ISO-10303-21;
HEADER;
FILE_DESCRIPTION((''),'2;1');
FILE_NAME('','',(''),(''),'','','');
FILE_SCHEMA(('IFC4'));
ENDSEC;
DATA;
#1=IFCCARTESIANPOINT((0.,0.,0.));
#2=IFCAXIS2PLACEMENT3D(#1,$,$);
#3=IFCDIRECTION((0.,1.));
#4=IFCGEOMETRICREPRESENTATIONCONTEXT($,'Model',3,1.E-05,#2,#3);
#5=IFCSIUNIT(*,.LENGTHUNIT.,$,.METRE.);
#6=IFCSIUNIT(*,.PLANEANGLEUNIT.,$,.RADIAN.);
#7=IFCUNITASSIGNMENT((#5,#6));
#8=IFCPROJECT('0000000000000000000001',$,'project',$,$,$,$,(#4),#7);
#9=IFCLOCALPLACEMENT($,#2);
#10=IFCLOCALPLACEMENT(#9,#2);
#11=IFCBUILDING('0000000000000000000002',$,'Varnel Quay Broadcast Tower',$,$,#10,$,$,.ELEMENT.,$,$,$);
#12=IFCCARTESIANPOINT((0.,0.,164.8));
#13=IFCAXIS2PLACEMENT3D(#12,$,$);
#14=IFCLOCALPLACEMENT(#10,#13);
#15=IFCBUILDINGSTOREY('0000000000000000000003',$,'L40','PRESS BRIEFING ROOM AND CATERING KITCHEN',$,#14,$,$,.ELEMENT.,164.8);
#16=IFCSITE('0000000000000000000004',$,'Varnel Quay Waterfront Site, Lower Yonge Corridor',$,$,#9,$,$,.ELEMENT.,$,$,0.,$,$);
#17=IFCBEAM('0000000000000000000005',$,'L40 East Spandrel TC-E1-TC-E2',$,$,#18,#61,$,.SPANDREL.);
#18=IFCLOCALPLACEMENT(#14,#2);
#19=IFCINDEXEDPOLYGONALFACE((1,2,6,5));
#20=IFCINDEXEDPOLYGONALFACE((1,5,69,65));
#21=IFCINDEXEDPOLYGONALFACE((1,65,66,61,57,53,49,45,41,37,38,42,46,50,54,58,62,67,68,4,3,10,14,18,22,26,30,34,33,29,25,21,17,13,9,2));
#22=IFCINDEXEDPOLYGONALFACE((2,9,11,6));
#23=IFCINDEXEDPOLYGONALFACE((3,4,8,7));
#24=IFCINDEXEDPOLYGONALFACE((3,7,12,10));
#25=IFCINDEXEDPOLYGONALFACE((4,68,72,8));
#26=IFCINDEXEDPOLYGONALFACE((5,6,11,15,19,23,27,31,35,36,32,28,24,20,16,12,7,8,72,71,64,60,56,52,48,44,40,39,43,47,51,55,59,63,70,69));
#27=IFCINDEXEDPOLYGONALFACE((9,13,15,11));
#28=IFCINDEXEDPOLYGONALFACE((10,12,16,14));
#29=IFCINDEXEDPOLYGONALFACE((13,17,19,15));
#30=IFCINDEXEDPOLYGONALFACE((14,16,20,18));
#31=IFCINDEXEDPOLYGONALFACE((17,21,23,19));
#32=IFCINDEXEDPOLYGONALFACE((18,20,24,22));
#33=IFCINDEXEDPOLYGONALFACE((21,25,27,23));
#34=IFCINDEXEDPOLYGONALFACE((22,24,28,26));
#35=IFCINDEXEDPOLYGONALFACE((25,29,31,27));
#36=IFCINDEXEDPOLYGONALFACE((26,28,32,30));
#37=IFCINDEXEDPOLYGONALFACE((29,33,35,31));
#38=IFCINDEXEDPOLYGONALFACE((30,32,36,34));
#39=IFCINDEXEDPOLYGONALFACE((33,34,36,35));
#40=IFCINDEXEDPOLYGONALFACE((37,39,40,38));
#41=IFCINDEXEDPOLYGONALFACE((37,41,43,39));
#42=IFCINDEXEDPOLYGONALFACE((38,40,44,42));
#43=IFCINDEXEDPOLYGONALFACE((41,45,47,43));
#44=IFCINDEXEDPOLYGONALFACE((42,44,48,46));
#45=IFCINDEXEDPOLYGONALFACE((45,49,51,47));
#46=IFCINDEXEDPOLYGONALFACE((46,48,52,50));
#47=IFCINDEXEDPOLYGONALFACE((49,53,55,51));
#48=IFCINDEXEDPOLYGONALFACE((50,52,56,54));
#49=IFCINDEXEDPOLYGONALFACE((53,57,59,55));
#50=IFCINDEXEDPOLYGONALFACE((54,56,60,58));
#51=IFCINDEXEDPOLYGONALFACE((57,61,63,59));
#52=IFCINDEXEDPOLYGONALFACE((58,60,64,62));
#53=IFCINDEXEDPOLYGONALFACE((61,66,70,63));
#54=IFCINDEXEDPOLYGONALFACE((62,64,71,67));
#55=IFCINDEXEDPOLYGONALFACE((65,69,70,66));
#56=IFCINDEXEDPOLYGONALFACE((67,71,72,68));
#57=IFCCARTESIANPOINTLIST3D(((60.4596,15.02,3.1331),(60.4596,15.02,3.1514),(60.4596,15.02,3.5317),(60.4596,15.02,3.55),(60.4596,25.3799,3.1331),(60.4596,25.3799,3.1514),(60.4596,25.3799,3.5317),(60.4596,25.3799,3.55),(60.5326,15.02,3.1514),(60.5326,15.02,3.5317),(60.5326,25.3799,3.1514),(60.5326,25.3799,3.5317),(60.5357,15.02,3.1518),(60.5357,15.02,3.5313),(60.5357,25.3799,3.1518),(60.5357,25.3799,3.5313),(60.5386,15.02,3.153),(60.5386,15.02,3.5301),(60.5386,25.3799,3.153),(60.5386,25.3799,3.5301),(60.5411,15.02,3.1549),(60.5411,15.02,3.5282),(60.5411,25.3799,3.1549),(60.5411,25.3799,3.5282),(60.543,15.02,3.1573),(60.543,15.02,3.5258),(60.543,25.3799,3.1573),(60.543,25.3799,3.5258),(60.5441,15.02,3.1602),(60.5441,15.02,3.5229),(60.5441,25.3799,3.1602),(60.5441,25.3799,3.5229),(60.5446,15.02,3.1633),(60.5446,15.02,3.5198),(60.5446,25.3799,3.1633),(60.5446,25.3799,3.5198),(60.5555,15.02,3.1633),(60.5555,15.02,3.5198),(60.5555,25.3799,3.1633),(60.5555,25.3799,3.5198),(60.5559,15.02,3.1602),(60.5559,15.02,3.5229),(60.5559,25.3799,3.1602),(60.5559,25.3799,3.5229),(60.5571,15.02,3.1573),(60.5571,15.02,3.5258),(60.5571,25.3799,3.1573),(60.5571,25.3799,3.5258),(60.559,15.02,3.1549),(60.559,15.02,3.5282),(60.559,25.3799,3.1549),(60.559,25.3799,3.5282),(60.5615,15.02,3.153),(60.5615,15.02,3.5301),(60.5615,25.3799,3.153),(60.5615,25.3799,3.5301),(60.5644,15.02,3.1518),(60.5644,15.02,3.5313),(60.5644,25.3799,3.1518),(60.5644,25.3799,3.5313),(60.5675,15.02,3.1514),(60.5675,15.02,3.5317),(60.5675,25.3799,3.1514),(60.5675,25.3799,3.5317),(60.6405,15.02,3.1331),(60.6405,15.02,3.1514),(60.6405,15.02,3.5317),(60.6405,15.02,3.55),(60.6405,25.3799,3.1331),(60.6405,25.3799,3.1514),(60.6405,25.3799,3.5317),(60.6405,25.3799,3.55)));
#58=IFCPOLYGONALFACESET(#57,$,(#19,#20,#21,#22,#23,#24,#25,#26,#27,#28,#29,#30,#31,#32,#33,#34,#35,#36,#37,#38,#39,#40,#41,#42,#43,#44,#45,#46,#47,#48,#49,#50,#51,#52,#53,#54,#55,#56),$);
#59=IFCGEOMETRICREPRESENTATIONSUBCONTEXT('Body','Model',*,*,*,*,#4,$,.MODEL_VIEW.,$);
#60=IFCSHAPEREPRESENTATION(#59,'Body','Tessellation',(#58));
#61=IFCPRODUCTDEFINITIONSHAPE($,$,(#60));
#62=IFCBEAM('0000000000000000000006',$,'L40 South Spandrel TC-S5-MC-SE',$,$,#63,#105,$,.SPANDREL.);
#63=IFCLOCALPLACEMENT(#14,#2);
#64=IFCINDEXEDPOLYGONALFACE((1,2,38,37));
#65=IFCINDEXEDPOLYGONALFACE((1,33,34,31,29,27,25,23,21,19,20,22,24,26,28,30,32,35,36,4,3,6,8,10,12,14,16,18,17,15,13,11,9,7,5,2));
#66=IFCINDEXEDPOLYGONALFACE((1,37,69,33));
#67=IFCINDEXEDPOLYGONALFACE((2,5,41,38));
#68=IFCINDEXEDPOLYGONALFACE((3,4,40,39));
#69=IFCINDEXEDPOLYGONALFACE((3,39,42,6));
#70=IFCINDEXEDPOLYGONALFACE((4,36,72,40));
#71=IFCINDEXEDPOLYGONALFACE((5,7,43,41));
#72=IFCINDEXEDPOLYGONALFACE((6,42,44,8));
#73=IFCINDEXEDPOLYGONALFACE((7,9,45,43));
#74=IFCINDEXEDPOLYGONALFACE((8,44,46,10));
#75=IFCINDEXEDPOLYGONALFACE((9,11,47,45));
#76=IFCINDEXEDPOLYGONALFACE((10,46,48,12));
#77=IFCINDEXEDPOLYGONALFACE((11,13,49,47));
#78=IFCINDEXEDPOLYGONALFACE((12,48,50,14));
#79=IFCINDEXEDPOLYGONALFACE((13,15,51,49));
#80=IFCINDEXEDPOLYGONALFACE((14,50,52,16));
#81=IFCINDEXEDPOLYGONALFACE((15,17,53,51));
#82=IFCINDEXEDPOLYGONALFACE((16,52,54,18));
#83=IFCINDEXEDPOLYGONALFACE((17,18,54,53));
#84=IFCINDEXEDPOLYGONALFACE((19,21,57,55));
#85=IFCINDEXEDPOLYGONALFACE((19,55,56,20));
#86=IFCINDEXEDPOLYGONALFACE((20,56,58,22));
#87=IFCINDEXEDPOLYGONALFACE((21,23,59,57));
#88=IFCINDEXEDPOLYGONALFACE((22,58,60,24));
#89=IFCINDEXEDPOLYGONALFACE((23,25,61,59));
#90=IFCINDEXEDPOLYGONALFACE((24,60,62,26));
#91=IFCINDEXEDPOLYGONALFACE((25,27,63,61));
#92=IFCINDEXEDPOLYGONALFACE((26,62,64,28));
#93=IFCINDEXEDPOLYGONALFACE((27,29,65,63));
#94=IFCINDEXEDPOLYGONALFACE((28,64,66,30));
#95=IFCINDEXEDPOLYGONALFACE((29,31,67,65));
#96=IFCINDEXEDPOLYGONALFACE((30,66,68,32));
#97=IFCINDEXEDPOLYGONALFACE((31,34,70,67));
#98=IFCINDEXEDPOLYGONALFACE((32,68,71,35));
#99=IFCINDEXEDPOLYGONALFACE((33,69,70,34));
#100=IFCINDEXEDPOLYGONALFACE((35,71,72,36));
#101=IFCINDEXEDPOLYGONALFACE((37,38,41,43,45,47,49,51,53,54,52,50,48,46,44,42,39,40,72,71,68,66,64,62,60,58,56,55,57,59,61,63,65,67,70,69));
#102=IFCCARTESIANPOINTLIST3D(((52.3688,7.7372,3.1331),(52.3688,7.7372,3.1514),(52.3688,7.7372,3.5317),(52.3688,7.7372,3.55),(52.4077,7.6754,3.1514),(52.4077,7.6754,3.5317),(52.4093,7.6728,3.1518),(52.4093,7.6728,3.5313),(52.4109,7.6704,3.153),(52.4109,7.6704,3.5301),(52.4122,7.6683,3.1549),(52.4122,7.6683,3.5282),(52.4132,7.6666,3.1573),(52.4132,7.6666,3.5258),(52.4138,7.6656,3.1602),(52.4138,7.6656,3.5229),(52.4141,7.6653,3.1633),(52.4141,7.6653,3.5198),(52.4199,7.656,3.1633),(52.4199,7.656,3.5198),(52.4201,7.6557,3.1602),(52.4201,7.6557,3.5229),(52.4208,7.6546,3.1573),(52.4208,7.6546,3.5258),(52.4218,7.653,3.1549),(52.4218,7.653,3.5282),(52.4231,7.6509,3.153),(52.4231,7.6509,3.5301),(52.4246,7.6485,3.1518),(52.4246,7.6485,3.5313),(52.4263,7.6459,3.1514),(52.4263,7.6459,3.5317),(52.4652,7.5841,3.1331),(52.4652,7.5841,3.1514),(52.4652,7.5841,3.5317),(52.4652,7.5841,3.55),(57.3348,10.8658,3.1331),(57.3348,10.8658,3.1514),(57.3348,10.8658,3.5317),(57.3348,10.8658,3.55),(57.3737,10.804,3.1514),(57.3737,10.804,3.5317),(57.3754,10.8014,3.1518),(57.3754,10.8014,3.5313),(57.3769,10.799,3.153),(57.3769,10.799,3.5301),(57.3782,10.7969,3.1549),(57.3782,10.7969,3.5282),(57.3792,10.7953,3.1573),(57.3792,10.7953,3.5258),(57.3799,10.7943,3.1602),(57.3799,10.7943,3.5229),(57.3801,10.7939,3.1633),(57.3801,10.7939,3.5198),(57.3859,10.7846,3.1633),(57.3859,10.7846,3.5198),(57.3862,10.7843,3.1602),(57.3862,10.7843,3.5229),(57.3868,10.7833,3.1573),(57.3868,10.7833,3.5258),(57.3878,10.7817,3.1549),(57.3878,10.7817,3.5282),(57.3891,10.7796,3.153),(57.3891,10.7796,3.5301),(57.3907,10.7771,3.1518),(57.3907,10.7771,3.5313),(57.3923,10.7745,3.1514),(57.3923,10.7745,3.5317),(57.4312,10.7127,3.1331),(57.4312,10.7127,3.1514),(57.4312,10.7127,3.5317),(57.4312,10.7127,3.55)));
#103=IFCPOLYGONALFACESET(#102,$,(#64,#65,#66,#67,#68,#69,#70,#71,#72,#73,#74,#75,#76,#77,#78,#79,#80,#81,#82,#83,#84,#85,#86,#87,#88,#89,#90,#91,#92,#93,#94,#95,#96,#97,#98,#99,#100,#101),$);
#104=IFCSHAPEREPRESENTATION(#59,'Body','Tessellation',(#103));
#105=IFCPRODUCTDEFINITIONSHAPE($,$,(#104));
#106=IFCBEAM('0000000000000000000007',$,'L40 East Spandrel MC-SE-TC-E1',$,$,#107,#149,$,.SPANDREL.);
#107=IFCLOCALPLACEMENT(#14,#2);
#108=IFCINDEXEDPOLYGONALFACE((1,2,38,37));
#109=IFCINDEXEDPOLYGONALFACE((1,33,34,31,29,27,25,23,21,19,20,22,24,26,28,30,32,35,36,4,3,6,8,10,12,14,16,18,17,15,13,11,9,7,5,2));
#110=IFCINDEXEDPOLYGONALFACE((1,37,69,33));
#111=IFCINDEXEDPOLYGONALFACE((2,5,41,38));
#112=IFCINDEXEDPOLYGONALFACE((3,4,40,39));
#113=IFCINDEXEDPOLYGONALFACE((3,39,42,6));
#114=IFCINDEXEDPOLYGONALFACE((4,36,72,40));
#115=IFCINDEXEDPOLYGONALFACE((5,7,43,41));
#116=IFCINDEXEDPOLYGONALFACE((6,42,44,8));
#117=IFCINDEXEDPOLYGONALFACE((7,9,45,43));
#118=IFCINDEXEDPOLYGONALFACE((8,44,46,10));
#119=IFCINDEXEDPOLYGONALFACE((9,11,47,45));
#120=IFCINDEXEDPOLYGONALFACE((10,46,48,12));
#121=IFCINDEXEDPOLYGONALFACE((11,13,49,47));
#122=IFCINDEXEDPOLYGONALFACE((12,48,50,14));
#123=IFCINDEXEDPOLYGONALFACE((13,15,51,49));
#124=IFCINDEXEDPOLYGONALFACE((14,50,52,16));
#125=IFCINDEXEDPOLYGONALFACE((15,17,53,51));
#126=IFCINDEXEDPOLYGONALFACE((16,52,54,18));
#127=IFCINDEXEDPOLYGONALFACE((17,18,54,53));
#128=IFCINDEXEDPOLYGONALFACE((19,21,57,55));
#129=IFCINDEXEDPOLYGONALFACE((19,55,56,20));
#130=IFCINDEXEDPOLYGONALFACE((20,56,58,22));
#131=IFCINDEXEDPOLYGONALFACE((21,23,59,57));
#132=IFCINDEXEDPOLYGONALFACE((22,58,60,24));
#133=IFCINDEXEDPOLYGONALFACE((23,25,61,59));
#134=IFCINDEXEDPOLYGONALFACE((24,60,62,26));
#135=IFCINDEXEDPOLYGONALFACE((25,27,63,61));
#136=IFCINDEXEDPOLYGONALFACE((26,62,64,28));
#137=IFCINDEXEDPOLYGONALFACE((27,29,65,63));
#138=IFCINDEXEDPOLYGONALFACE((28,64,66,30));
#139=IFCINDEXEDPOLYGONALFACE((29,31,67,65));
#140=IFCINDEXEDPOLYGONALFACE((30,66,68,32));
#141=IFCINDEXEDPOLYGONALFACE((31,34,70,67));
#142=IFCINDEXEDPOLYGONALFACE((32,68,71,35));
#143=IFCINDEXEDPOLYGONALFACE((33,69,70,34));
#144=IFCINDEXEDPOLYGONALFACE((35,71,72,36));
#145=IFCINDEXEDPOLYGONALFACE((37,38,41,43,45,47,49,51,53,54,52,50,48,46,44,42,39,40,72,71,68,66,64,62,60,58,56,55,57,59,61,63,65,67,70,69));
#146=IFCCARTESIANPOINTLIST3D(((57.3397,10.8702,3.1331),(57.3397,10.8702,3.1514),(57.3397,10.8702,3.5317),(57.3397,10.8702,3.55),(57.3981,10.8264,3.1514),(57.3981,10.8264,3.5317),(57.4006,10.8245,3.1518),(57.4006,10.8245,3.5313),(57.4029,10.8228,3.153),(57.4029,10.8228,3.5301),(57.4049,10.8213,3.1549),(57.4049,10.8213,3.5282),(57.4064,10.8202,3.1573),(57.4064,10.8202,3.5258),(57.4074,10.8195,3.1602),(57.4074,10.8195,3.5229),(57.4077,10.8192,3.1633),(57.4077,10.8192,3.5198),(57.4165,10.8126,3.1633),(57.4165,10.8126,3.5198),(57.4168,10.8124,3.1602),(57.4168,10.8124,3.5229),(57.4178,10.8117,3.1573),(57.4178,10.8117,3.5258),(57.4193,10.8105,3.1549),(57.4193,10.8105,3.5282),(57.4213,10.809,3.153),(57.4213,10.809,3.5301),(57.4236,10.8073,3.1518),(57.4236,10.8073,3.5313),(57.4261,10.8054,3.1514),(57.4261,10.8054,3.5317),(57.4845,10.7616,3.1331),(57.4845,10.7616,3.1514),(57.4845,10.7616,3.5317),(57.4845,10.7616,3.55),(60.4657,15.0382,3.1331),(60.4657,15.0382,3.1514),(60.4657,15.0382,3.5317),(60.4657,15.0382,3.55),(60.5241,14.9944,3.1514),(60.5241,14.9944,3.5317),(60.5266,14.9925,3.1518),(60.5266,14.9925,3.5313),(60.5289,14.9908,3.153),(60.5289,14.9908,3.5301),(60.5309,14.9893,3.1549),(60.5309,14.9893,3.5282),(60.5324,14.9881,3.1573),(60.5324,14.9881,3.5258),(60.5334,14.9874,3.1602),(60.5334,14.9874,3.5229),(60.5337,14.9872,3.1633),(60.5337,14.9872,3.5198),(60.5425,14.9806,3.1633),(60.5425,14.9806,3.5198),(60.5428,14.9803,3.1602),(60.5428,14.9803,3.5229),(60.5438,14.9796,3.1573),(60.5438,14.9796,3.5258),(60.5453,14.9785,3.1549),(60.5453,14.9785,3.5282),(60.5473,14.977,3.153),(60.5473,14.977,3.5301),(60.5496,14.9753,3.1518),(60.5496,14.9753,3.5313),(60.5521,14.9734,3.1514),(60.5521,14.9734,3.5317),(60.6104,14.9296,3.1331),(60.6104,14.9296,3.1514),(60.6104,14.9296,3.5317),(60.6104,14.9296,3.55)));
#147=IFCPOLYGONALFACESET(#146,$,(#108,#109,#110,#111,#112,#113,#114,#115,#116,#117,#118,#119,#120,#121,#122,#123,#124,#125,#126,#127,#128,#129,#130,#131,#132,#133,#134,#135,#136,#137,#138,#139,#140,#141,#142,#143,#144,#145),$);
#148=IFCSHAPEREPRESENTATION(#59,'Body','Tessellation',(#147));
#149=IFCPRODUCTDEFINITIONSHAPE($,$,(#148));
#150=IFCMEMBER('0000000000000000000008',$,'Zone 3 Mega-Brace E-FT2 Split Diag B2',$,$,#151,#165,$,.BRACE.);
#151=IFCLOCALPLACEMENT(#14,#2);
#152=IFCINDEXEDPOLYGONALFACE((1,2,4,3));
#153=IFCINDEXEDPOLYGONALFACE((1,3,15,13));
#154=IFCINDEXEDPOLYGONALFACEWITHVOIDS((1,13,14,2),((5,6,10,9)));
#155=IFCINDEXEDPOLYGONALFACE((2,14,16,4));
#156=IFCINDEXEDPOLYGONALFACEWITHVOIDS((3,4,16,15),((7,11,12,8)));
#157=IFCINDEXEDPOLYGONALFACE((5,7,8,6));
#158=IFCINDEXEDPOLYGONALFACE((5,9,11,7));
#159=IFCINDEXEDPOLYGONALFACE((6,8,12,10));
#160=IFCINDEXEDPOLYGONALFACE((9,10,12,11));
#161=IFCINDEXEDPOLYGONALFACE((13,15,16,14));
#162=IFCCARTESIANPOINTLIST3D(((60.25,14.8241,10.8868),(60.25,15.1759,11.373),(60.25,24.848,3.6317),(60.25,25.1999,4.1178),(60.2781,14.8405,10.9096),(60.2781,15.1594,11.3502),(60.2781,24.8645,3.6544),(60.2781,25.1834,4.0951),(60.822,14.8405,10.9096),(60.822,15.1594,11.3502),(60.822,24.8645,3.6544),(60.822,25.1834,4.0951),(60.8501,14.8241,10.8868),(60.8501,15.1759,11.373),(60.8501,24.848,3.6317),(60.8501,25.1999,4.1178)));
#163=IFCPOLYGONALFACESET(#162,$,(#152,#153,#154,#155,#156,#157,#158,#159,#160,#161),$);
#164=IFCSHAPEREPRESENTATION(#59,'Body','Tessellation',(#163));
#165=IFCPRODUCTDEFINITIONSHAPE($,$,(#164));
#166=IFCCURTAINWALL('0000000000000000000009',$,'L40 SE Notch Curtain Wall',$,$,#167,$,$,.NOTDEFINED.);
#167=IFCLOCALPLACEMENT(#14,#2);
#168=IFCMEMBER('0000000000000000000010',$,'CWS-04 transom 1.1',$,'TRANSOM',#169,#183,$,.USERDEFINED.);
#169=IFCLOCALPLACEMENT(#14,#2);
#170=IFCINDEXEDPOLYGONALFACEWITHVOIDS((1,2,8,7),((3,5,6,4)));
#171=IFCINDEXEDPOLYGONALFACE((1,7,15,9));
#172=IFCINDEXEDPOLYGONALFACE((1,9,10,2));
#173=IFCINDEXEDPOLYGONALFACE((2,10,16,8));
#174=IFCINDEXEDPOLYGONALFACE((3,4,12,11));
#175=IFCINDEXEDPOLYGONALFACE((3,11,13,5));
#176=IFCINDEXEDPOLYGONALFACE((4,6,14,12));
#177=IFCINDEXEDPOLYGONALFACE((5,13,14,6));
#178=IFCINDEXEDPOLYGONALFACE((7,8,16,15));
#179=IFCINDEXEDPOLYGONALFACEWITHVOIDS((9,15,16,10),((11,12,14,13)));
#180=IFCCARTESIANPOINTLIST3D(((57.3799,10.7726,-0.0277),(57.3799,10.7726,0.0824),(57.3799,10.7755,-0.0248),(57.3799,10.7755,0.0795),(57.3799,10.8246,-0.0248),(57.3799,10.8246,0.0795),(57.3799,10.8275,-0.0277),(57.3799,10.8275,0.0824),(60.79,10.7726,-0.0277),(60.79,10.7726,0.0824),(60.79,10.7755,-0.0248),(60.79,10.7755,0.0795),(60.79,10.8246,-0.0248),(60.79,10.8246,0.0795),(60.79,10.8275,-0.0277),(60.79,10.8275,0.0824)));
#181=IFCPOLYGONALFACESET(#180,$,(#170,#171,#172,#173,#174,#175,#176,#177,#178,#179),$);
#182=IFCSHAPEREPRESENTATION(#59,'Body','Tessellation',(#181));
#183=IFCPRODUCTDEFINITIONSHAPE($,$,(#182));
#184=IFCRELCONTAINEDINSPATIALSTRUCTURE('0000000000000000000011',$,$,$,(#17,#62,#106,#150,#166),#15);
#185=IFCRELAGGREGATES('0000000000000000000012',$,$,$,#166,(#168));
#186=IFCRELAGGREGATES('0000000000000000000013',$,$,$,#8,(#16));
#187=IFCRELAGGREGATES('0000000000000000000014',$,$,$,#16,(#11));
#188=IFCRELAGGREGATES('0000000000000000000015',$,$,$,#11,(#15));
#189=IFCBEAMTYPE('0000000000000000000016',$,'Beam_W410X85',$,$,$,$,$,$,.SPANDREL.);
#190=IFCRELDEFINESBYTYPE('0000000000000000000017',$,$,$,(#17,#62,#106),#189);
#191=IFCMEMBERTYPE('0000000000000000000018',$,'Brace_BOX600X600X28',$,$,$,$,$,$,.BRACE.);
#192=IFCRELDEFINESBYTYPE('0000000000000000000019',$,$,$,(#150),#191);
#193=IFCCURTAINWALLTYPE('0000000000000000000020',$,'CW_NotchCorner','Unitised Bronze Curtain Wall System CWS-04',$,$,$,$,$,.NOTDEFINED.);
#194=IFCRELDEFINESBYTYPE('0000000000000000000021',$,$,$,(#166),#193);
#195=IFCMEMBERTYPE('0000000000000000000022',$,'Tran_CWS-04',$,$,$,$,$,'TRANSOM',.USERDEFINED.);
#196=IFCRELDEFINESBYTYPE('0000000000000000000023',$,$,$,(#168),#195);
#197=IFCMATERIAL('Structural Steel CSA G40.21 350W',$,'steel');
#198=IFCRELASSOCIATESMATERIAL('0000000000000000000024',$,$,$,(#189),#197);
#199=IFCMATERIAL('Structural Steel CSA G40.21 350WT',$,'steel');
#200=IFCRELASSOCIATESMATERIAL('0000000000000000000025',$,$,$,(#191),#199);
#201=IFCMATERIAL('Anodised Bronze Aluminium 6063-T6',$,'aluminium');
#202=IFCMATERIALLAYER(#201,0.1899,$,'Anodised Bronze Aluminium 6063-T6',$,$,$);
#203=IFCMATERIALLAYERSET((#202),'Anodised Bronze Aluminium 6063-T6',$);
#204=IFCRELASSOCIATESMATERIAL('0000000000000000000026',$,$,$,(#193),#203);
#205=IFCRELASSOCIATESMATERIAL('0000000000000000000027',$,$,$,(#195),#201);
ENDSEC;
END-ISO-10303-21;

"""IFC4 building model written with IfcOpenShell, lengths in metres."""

from ifc_helpers import new_model, si_unit, direction, frame, origin, origin_2d, place, context, subcontext, project, spatial, hollow_rectangle, i_section, extrude, source, transform, mapped, material, layer, layer_set, material_profile, profile_set, type_object, type_shapes, element, aggregate, save


model = new_model("IFC4")

# Units and contexts
model_context = context("Model", 3, precision=1e-05, world=origin(), true_north=direction((0.0, 1.0)))
body_context = subcontext(model_context, "Body", "Model", "MODEL_VIEW")
ifc_project = project(units=[si_unit("LENGTHUNIT", "METRE"), si_unit("PLANEANGLEUNIT", "RADIAN")], contexts=[model_context])

# Site, building, storey
site_placement = place(None, origin())
site = spatial("IfcSite", under=ifc_project, at=site_placement, Name="Varnel Quay Waterfront Site, Lower Yonge Corridor", CompositionType="ELEMENT", RefElevation=0.0)
building_placement = place(site_placement, origin())
building = spatial("IfcBuilding", under=site, at=building_placement, Name="Varnel Quay Broadcast Tower", CompositionType="ELEMENT")
storey_placement = place(building_placement, frame((0.0, 0.0, 164.8)))
storey = spatial("IfcBuildingStorey", under=building, at=storey_placement, Name="L40", Description="PRESS BRIEFING ROOM AND CATERING KITCHEN", CompositionType="ELEMENT", Elevation=164.8)

# Shared definitions
ifc_material_1 = material(Name="Structural Steel CSA G40.21 350WT", Category="steel")
ifc_material_2 = material(Name="Structural Steel CSA G40.21 350W", Category="steel")

# Beams
ifc_material_profile_1 = material_profile(ifc_material_2, i_section(OverallWidth=0.1809, OverallDepth=0.417, WebThickness=0.011, FlangeThickness=0.0183, FilletRadius=0.012, at=origin_2d()), Name="W410X85")
ifc_profile_set_1 = profile_set([ifc_material_profile_1], Name="Structural Steel CSA G40.21 350W")
beam_type = type_object("IfcBeamType", Name="Beam_W410X85", PredefinedType="SPANDREL", material=ifc_profile_set_1)
shared_shape_1 = source(origin(), body_context, "Body", "SweptSolid", [
    extrude(i_section(OverallWidth=0.1809, OverallDepth=0.417, WebThickness=0.011, FlangeThickness=0.0183, FilletRadius=0.012, at=origin_2d()), origin(), (0.0, 0.0, 1.0), 10.3599),
])
beam_1_placement = place(storey_placement, frame((60.55, 15.02, 3.3416), z_axis=(0.0, 1.0, 0.0), x_axis=(-1.0, 0.0, 0.0)))
element("IfcBeam", 1, at=beam_1_placement, inside=storey, type_object=beam_type, Name="L40 East Spandrel TC-E1-TC-E2", PredefinedType="SPANDREL", context=body_context, shape_type="MappedRepresentation", body=[
    mapped(shared_shape_1, transform((0.0, 0.0, 0.0), x_axis=(1.0, 0.0, 0.0), y_axis=(0.0, 1.0, 0.0), z_axis=(0.0, 0.0, 1.0), scale=1.0)),
])
shared_shape_2 = source(origin(), body_context, "Body", "SweptSolid", [
    extrude(i_section(OverallWidth=0.1809, OverallDepth=0.417, WebThickness=0.011, FlangeThickness=0.0183, FilletRadius=0.012, at=origin_2d()), origin(), (0.0, 0.0, 1.0), 5.8694),
])
beam_2_placement = place(storey_placement, frame((52.417, 7.6606, 3.3416), z_axis=(0.846088, 0.533043, 0.0), x_axis=(-0.533043, 0.846088, 0.0)))
element("IfcBeam", 2, at=beam_2_placement, inside=storey, type_object=beam_type, Name="L40 South Spandrel TC-S5-MC-SE", PredefinedType="SPANDREL", context=body_context, shape_type="MappedRepresentation", body=[
    mapped(shared_shape_2, transform((0.0, 0.0, 0.0), x_axis=(1.0, 0.0, 0.0), y_axis=(0.0, 1.0, 0.0), z_axis=(0.0, 0.0, 1.0), scale=1.0)),
])
shared_shape_3 = source(origin(), body_context, "Body", "SweptSolid", [
    extrude(i_section(OverallWidth=0.1809, OverallDepth=0.417, WebThickness=0.011, FlangeThickness=0.0183, FilletRadius=0.012, at=origin_2d()), origin(), (0.0, 0.0, 1.0), 5.21),
])
type_shapes(beam_type, [shared_shape_1, shared_shape_2, shared_shape_3])
beam_3_placement = place(storey_placement, frame((57.4121, 10.8159, 3.3416), z_axis=(0.6, 0.8, 0.0), x_axis=(-0.8, 0.6, 0.0)))
element("IfcBeam", 3, at=beam_3_placement, inside=storey, type_object=beam_type, Name="L40 East Spandrel MC-SE-TC-E1", PredefinedType="SPANDREL", context=body_context, shape_type="MappedRepresentation", body=[
    mapped(shared_shape_3, transform((0.0, 0.0, 0.0), x_axis=(1.0, 0.0, 0.0), y_axis=(0.0, 1.0, 0.0), z_axis=(0.0, 0.0, 1.0), scale=1.0)),
])

# Member
ifc_material_profile_2 = material_profile(ifc_material_1, hollow_rectangle(XDim=0.6001, YDim=0.6001, WallThickness=0.0281, at=origin_2d()), Name="BOX600X600X28")
ifc_profile_set_2 = profile_set([ifc_material_profile_2], Name="Structural Steel CSA G40.21 350WT")
member_type_1 = type_object("IfcMemberType", Name="Brace_BOX600X600X28", PredefinedType="BRACE", material=ifc_profile_set_2)
shared_shape_4 = source(origin(), body_context, "Body", "SweptSolid", [
    extrude(hollow_rectangle(XDim=0.6001, YDim=0.6001, WallThickness=0.0281, at=origin_2d()), origin(), (0.0, 0.0, 1.0), 12.374),
])
type_shapes(member_type_1, [shared_shape_4])
member_1_placement = place(storey_placement, frame((60.55, 25.0239, 3.8748), z_axis=(0.0, -0.810079, 0.58632), x_axis=(1.0, 0.0, 0.0)))
element("IfcMember", 4, at=member_1_placement, inside=storey, type_object=member_type_1, Name="Zone 3 Mega-Brace E-FT2 Split Diag B2", PredefinedType="BRACE", context=body_context, shape_type="MappedRepresentation", body=[
    mapped(shared_shape_4, transform((0.0, 0.0, 0.0), x_axis=(1.0, 0.0, 0.0), y_axis=(0.0, 1.0, 0.0), z_axis=(0.0, 0.0, 1.0), scale=1.0)),
])

# Curtain wall, member
ifc_material_3 = material(Name="Anodised Bronze Aluminium 6063-T6", Category="aluminium")
ifc_layer_1 = layer(ifc_material_3, 0.1899, Name="Anodised Bronze Aluminium 6063-T6")
ifc_layer_set_1 = layer_set([ifc_layer_1], Name="Anodised Bronze Aluminium 6063-T6")
curtain_wall_type_1 = type_object("IfcCurtainWallType", Name="CW_NotchCorner", Description="Unitised Bronze Curtain Wall System CWS-04", PredefinedType="NOTDEFINED", material=ifc_layer_set_1)
curtain_wall_1_placement = place(storey_placement, origin())
curtain_wall_1 = element("IfcCurtainWall", 5, at=curtain_wall_1_placement, inside=storey, type_object=curtain_wall_type_1, Name="L40 SE Notch Curtain Wall", PredefinedType="NOTDEFINED")
ifc_material_profile_3 = material_profile(ifc_material_3, hollow_rectangle(XDim=0.0549, YDim=0.1101, WallThickness=0.0029, at=origin_2d()), Name="ALU55X110X3")
ifc_profile_set_3 = profile_set([ifc_material_profile_3], Name="Anodised Bronze Aluminium 6063-T6")
member_type_2 = type_object("IfcMemberType", Name="Tran_CWS-04", ElementType="TRANSOM", PredefinedType="USERDEFINED", material=ifc_profile_set_3)
shared_shape_5 = source(origin(), body_context, "Body", "SweptSolid", [
    extrude(hollow_rectangle(XDim=0.0549, YDim=0.1101, WallThickness=0.0029, at=origin_2d()), origin(), (0.0, 0.0, 1.0), 3.4102),
])
type_shapes(member_type_2, [shared_shape_5])
member_2_placement = place(storey_placement, frame((57.3799, 10.8, 0.0273), z_axis=(1.0, 0.0, 0.0), x_axis=(0.0, 1.0, 0.0)))
member_2 = element("IfcMember", 6, at=member_2_placement, type_object=member_type_2, Name="CWS-04 transom 1.1", ObjectType="TRANSOM", PredefinedType="USERDEFINED", context=body_context, shape_type="MappedRepresentation", body=[
    mapped(shared_shape_5, transform((0.0, 0.0, 0.0), x_axis=(1.0, 0.0, 0.0), y_axis=(0.0, 1.0, 0.0), z_axis=(0.0, 0.0, 1.0), scale=1.0)),
])

aggregate(curtain_wall_1, [member_2])

save(model, "model.ifc")
